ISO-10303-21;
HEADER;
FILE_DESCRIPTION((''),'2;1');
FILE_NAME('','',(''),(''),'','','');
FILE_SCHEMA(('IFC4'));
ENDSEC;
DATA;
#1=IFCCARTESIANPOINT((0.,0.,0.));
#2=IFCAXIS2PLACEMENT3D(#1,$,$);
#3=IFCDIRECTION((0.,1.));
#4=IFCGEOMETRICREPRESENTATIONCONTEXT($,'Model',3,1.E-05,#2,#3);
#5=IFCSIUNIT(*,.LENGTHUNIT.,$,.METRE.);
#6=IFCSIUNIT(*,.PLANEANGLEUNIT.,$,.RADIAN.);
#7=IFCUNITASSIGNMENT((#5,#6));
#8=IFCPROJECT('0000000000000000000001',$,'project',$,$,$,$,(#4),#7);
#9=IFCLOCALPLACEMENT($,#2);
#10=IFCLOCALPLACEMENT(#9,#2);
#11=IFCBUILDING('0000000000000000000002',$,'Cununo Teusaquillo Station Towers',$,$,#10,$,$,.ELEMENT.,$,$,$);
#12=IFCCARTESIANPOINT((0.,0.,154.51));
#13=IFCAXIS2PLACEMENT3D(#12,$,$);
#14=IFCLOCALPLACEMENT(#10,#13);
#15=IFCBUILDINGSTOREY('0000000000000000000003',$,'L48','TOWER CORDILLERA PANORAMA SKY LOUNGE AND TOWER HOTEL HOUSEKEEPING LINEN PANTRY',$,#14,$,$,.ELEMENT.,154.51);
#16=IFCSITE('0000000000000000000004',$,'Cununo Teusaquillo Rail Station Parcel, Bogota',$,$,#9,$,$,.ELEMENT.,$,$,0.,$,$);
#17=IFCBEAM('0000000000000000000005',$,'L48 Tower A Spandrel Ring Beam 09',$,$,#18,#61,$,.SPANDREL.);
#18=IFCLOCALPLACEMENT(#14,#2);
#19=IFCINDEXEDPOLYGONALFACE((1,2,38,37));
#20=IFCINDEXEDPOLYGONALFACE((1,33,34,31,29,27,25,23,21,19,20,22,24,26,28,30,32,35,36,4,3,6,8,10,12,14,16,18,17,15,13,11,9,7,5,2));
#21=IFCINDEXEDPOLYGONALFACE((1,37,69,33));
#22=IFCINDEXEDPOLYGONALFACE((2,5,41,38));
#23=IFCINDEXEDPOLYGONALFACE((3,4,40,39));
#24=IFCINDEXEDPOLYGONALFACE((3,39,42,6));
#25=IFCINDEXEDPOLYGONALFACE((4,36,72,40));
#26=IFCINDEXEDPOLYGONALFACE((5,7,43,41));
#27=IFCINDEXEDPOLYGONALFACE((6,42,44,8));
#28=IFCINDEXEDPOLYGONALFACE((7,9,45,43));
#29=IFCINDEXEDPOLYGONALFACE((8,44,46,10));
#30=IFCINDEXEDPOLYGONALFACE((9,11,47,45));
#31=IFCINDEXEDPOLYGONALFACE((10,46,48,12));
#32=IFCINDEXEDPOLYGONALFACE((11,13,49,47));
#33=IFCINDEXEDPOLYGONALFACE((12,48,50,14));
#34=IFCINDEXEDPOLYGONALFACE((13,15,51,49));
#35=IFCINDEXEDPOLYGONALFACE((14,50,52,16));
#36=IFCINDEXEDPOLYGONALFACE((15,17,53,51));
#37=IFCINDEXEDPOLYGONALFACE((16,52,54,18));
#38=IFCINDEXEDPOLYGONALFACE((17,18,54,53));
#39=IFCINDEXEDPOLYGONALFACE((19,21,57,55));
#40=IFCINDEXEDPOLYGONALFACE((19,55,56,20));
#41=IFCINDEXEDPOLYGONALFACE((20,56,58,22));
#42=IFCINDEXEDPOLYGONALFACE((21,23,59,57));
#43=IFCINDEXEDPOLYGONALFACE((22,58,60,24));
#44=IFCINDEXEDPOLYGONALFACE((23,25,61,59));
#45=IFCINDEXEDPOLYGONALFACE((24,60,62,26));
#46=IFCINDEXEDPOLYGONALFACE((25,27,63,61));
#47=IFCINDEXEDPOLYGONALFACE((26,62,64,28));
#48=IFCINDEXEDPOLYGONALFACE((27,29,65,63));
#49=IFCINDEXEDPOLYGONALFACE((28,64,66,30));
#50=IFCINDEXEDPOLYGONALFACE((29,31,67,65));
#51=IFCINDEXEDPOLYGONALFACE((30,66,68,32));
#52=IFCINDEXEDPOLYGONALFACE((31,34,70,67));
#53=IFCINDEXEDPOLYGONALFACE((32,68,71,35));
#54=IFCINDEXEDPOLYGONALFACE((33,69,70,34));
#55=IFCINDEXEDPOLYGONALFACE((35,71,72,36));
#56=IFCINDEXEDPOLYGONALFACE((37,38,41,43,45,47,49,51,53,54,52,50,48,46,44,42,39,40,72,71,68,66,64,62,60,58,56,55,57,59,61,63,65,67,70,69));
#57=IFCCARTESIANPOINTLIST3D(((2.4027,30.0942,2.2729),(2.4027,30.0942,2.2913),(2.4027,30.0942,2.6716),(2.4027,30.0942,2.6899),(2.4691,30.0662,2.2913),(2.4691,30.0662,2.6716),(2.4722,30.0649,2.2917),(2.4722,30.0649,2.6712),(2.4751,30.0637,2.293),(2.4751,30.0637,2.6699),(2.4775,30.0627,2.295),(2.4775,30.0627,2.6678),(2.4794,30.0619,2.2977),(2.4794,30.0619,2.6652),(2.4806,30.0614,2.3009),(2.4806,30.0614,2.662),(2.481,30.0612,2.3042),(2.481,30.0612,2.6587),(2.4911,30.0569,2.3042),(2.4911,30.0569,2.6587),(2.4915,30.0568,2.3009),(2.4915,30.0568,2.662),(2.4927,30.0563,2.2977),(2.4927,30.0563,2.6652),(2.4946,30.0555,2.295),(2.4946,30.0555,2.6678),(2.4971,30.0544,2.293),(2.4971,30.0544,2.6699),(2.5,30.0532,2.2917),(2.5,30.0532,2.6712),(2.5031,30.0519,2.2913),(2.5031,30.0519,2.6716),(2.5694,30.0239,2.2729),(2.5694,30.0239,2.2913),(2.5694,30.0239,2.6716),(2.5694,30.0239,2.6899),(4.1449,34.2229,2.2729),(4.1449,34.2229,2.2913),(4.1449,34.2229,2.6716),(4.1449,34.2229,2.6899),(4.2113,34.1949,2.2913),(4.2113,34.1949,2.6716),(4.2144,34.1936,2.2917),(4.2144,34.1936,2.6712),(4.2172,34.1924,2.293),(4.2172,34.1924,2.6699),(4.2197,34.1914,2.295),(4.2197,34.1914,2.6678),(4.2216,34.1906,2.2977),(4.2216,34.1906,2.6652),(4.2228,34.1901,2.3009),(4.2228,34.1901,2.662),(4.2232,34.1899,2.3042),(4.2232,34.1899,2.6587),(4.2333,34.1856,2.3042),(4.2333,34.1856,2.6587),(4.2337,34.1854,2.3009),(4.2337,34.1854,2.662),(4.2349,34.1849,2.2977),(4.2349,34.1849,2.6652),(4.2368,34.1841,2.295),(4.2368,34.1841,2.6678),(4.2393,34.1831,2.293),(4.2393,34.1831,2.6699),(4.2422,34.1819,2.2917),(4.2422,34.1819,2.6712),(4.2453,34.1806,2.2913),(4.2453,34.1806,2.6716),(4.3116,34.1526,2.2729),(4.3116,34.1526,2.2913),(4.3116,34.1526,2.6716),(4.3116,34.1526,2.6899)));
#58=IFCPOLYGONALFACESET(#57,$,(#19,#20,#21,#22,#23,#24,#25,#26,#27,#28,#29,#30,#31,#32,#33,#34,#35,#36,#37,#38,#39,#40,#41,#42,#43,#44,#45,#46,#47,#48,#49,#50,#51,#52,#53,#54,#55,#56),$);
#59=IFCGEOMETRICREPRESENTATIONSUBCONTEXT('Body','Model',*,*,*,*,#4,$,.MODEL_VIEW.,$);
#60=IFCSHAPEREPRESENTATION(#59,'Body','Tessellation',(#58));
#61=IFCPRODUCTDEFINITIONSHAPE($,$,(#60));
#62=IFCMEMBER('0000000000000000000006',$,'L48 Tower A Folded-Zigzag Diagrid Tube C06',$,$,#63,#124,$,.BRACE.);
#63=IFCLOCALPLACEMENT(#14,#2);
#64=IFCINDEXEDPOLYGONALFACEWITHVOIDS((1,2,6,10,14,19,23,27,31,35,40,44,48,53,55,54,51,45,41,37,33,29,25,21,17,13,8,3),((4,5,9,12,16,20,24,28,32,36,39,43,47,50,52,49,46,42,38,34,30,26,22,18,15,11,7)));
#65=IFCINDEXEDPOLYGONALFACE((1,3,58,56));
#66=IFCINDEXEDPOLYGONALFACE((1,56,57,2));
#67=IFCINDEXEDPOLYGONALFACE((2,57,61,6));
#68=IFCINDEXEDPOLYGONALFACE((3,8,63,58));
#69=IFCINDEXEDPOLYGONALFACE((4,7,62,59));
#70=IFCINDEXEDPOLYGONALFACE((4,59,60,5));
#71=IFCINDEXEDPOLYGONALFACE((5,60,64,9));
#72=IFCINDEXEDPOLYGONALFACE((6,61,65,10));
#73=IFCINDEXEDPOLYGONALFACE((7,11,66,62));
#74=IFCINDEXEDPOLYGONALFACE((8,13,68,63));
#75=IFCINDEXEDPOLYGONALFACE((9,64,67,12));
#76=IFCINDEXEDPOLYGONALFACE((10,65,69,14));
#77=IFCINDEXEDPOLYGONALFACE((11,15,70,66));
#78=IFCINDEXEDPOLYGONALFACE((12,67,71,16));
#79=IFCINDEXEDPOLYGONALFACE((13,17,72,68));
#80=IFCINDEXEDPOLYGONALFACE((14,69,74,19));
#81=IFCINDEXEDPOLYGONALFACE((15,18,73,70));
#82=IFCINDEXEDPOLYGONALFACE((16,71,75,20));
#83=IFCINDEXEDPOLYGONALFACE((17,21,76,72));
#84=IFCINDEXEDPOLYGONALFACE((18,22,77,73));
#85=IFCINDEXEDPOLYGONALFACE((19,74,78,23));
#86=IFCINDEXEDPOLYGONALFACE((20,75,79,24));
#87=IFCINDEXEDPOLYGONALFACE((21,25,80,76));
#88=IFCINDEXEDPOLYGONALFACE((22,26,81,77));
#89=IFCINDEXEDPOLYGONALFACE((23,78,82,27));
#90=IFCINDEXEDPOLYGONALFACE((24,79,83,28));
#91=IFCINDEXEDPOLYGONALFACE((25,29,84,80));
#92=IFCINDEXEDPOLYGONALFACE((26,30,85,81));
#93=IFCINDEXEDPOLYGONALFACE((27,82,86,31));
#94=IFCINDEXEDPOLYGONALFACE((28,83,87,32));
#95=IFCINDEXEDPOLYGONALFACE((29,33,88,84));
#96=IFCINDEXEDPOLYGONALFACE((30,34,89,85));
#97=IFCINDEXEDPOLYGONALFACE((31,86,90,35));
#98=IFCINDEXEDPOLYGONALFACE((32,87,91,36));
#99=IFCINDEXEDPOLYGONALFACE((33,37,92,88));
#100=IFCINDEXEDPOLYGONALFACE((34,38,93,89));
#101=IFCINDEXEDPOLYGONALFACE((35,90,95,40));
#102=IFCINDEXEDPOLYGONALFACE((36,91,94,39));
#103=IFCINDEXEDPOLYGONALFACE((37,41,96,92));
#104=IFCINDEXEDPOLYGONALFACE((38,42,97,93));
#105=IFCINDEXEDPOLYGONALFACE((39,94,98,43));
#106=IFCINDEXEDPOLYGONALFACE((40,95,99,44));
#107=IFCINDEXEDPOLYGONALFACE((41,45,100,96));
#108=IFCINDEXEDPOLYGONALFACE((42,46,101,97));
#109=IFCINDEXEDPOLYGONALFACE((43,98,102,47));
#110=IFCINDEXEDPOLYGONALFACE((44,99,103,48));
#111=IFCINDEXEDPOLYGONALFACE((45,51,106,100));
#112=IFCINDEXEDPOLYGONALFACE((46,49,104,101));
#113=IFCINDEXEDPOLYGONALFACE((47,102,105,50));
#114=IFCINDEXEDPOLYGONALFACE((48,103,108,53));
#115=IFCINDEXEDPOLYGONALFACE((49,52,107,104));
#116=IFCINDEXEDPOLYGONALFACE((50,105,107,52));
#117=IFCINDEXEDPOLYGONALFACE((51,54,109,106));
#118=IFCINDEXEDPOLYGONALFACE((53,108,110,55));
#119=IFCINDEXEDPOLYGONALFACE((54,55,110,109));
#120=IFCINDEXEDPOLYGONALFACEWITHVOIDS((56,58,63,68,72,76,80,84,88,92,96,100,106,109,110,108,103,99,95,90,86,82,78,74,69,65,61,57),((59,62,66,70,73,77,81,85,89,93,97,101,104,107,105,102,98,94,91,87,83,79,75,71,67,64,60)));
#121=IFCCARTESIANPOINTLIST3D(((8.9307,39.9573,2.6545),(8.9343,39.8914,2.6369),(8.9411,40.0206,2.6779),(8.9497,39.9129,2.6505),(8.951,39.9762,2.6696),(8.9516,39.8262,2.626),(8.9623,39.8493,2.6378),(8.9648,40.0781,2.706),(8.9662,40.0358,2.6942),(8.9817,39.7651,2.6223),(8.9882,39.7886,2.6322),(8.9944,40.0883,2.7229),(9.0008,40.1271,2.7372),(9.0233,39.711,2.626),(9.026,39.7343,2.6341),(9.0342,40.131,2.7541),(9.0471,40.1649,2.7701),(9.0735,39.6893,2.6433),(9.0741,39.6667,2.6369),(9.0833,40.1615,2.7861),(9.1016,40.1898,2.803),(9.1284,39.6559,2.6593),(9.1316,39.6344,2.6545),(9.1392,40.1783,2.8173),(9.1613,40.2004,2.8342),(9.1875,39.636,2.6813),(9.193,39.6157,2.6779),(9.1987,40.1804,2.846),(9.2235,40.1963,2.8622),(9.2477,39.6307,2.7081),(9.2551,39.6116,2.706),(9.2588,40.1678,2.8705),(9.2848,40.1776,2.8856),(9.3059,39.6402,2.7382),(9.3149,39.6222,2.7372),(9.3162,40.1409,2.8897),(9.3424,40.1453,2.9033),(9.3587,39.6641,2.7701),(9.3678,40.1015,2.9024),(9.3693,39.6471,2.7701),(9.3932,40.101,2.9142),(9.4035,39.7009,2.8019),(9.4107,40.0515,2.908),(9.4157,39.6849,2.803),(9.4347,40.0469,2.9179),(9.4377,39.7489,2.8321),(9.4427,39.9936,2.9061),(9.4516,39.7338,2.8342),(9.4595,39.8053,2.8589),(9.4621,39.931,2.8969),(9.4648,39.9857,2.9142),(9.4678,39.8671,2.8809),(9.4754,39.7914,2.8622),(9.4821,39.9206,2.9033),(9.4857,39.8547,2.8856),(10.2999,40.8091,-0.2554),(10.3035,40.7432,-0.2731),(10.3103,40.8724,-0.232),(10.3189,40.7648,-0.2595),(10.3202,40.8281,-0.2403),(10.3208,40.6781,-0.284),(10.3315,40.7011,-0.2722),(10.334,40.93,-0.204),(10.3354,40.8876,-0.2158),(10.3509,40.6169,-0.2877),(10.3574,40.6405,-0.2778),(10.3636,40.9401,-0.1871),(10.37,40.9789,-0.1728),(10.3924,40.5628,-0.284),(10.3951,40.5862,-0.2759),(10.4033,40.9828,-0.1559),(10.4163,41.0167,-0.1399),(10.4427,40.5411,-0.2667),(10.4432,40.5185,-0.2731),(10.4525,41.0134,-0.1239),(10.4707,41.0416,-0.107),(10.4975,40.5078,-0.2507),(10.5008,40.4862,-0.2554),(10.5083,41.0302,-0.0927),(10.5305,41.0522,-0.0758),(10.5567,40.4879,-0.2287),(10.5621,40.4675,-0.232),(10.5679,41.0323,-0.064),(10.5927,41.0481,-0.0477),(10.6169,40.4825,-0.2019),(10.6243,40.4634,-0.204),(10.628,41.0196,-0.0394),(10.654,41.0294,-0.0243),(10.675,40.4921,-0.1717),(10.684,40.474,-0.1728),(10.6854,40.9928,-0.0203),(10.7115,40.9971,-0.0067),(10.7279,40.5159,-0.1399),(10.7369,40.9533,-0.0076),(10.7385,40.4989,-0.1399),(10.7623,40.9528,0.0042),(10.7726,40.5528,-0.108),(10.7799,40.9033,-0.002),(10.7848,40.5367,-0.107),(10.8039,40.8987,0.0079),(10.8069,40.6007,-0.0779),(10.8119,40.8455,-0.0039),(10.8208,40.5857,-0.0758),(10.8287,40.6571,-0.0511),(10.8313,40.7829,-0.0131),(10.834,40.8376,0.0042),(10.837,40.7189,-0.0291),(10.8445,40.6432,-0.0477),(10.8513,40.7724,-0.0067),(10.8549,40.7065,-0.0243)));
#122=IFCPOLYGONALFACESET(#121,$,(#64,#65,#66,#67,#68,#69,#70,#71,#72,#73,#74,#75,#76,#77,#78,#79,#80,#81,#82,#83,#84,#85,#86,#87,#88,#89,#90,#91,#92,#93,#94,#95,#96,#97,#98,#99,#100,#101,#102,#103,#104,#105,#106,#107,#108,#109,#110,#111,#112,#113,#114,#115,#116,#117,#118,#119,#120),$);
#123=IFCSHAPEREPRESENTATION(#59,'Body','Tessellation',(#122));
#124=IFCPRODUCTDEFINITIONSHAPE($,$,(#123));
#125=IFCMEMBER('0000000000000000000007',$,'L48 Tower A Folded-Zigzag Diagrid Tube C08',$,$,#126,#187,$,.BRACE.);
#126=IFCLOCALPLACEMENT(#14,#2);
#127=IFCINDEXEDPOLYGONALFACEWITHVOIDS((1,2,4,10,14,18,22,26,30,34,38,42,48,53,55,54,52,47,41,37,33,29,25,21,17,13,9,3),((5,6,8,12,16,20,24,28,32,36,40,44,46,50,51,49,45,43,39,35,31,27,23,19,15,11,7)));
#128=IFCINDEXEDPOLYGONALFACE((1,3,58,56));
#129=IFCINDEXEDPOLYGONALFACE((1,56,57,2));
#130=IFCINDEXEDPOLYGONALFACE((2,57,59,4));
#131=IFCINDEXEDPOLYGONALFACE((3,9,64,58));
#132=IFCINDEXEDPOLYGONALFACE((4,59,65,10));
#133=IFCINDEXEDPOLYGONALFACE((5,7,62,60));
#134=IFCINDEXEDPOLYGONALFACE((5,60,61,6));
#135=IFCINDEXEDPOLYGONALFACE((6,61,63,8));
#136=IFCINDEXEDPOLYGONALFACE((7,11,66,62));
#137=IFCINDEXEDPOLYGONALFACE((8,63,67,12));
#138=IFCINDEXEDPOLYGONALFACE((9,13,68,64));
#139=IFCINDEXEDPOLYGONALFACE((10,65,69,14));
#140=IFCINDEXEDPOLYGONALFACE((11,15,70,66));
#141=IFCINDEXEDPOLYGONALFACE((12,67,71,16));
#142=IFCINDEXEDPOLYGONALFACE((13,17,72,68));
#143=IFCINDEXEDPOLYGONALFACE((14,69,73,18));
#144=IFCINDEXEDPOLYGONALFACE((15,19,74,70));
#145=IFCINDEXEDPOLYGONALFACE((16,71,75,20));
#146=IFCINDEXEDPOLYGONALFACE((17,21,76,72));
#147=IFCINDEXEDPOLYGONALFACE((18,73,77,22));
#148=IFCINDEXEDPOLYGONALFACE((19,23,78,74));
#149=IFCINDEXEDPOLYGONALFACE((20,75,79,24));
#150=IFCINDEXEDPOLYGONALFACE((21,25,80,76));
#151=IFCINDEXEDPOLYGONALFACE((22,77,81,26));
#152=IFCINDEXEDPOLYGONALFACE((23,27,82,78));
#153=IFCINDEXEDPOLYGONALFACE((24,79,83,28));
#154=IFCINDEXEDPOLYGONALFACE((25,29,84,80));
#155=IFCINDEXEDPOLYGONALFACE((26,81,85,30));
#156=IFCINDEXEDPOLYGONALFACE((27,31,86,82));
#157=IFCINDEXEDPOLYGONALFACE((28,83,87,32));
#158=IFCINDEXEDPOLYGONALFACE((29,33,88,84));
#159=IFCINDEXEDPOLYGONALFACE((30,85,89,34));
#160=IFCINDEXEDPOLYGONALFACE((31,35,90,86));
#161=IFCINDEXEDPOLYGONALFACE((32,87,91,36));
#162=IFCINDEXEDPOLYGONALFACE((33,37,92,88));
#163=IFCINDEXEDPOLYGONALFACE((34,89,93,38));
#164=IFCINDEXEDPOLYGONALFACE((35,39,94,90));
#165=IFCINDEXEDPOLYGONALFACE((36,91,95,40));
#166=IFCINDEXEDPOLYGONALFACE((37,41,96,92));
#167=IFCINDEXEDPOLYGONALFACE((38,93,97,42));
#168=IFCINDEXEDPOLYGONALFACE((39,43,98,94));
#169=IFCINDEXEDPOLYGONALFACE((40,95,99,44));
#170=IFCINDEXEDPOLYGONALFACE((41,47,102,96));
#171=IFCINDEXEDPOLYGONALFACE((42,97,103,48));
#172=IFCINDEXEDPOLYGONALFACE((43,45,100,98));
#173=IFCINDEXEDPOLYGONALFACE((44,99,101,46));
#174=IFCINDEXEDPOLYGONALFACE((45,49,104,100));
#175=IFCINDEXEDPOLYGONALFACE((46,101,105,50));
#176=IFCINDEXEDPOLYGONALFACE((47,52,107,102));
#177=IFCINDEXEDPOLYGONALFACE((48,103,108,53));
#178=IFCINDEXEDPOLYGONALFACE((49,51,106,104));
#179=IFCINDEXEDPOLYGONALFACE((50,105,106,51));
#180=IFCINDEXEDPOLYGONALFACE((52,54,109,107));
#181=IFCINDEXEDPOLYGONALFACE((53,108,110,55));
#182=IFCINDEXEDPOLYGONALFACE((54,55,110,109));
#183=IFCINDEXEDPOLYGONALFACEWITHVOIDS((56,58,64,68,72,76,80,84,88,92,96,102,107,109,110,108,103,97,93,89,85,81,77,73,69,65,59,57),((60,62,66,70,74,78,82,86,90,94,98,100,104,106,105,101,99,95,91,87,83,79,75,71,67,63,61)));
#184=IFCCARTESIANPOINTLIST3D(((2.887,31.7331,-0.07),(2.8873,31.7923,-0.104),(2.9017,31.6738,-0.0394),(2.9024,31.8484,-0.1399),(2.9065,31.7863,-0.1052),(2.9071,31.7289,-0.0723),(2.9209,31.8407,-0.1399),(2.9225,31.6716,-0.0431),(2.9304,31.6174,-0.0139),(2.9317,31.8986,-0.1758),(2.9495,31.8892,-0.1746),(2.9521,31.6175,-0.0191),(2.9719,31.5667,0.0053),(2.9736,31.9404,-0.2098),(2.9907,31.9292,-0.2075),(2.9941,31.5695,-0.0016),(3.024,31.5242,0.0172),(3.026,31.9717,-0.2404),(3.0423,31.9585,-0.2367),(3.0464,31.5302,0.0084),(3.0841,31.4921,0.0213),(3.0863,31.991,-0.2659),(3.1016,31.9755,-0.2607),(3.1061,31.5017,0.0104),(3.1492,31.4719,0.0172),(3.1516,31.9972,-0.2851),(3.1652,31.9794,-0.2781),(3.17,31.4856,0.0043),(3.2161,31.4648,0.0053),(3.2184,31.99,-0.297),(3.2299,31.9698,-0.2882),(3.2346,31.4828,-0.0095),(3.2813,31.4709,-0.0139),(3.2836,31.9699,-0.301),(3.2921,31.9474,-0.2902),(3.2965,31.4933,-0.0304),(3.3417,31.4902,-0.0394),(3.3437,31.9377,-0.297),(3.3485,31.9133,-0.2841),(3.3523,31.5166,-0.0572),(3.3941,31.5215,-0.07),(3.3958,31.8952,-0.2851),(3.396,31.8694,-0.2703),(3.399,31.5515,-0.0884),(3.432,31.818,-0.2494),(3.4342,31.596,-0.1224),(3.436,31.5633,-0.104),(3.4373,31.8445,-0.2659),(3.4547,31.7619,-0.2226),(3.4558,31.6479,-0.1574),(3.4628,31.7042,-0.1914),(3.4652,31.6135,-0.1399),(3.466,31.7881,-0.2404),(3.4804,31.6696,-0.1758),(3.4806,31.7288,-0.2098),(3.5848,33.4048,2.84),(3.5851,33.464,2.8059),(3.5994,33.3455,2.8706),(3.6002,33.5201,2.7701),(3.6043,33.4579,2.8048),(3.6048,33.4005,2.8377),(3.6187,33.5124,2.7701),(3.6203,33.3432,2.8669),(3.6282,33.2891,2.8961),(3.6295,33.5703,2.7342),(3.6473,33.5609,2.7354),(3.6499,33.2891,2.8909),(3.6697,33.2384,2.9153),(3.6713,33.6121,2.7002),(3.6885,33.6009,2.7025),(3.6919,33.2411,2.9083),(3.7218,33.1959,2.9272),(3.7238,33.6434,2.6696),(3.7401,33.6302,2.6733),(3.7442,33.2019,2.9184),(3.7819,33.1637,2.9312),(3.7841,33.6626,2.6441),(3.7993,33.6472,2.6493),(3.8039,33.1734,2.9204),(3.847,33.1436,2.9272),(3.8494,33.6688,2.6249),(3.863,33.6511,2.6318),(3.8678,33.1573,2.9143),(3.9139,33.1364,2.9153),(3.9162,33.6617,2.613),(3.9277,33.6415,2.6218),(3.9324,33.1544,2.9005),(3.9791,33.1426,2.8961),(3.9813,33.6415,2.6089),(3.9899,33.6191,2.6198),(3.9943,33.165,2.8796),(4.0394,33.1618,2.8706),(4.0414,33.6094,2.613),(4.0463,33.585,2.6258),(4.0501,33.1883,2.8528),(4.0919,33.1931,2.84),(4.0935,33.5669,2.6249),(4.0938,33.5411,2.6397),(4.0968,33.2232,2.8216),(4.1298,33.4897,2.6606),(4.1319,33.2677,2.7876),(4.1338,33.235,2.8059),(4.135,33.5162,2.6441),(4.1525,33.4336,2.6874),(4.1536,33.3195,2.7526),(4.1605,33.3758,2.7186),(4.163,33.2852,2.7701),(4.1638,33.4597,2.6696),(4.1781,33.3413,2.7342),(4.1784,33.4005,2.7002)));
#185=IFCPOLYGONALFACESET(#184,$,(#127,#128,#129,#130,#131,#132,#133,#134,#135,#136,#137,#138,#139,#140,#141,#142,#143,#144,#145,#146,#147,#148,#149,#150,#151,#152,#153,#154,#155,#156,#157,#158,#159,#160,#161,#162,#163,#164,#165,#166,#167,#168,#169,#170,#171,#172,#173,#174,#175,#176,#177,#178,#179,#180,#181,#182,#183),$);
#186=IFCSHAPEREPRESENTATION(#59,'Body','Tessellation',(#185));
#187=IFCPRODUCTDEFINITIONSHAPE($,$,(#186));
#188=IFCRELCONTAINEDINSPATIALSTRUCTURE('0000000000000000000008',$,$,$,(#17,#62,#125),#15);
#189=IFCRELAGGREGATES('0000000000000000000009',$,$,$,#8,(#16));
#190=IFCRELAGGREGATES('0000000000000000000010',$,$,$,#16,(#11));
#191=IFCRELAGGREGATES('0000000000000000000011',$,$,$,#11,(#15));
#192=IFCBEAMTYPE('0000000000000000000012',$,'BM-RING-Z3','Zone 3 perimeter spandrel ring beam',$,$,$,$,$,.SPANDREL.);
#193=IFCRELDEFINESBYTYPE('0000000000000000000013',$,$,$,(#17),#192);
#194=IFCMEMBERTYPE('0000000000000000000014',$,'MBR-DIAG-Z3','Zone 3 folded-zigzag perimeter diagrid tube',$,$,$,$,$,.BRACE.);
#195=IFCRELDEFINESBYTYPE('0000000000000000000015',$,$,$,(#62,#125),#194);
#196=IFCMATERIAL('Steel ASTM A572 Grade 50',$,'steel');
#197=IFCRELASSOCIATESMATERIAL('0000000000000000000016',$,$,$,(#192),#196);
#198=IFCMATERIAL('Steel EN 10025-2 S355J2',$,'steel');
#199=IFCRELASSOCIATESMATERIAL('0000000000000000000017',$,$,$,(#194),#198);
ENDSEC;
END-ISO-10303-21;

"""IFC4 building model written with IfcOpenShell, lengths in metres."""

from ifc_helpers import new_model, si_unit, direction, frame, origin, origin_2d, place, context, subcontext, project, spatial, hollow_circle, i_section, extrude, material, material_profile, profile_set, type_object, element, save


model = new_model("IFC4")

# Units and contexts
model_context = context("Model", 3, precision=1e-05, world=origin(), true_north=direction((0.0, 1.0)))
body_context = subcontext(model_context, "Body", "Model", "MODEL_VIEW")
ifc_project = project(units=[si_unit("LENGTHUNIT", "METRE"), si_unit("PLANEANGLEUNIT", "RADIAN")], contexts=[model_context])

# Site, building, storey
site_placement = place(None, origin())
site = spatial("IfcSite", under=ifc_project, at=site_placement, Name="Cununo Teusaquillo Rail Station Parcel, Bogota", CompositionType="ELEMENT", RefElevation=0.0)
building_placement = place(site_placement, origin())
building = spatial("IfcBuilding", under=site, at=building_placement, Name="Cununo Teusaquillo Station Towers", CompositionType="ELEMENT")
storey_placement = place(building_placement, frame((0.0, 0.0, 154.51)))
storey = spatial("IfcBuildingStorey", under=building, at=storey_placement, Name="L48", Description="TOWER CORDILLERA PANORAMA SKY LOUNGE AND TOWER HOTEL HOUSEKEEPING LINEN PANTRY", CompositionType="ELEMENT", Elevation=154.51)

# Beam
ifc_material_1 = material(Name="Steel ASTM A572 Grade 50", Category="steel")
ifc_material_profile_1 = material_profile(ifc_material_1, i_section(OverallWidth=0.1809, OverallDepth=0.417, WebThickness=0.011, FlangeThickness=0.0183, FilletRadius=0.0129, at=origin_2d()), Name="W16X57")
ifc_profile_set_1 = profile_set([ifc_material_profile_1], Name="Steel ASTM A572 Grade 50")
beam_type_1 = type_object("IfcBeamType", Name="BM-RING-Z3", Description="Zone 3 perimeter spandrel ring beam", PredefinedType="SPANDREL", material=ifc_profile_set_1)
beam_1_placement = place(storey_placement, frame((4.2283, 34.1877, 2.4814), z_axis=(-0.388778, -0.921332, 0.0), x_axis=(0.921332, -0.388778, 0.0)))
element("IfcBeam", 1, at=beam_1_placement, inside=storey, type_object=beam_type_1, Name="L48 Tower A Spandrel Ring Beam 09", PredefinedType="SPANDREL", context=body_context, shape_type="SweptSolid", body=[
    extrude(i_section(OverallWidth=0.1809, OverallDepth=0.417, WebThickness=0.011, FlangeThickness=0.0183, FilletRadius=0.0129, at=origin_2d()), origin(), (0.0, 0.0, 1.0), 4.4812),
])

# Members
ifc_material_2 = material(Name="Steel EN 10025-2 S355J2", Category="steel")
ifc_material_profile_2 = material_profile(ifc_material_2, hollow_circle(Radius=0.3049, WallThickness=0.02, at=origin_2d()), Name="CHS 610x20")
ifc_profile_set_2 = profile_set([ifc_material_profile_2], Name="Steel EN 10025-2 S355J2")
member_type = type_object("IfcMemberType", Name="MBR-DIAG-Z3", Description="Zone 3 folded-zigzag perimeter diagrid tube", PredefinedType="BRACE", material=ifc_profile_set_2)
member_1_placement = place(storey_placement, frame((10.5774, 40.7578, -0.1399), z_axis=(-0.411547, -0.256043, 0.874684), x_axis=(0.528256, -0.849085, 0.0)))
element("IfcMember", 2, at=member_1_placement, inside=storey, type_object=member_type, Name="L48 Tower A Folded-Zigzag Diagrid Tube C06", PredefinedType="BRACE", context=body_context, shape_type="SweptSolid", body=[
    extrude(hollow_circle(Radius=0.3049, WallThickness=0.02, at=origin_2d()), origin(), (0.0, 0.0, 1.0), 3.3269),
])
member_2_placement = place(storey_placement, frame((3.1838, 31.731, -0.1399), z_axis=(0.203566, 0.48769, 0.848952), x_axis=(-0.922833, 0.385199, 0.0)))
element("IfcMember", 3, at=member_2_placement, inside=storey, type_object=member_type, Name="L48 Tower A Folded-Zigzag Diagrid Tube C08", PredefinedType="BRACE", context=body_context, shape_type="SweptSolid", body=[
    extrude(hollow_circle(Radius=0.3049, WallThickness=0.02, at=origin_2d()), origin(), (0.0, 0.0, 1.0), 3.4277),
])

save(model, "model.ifc")
